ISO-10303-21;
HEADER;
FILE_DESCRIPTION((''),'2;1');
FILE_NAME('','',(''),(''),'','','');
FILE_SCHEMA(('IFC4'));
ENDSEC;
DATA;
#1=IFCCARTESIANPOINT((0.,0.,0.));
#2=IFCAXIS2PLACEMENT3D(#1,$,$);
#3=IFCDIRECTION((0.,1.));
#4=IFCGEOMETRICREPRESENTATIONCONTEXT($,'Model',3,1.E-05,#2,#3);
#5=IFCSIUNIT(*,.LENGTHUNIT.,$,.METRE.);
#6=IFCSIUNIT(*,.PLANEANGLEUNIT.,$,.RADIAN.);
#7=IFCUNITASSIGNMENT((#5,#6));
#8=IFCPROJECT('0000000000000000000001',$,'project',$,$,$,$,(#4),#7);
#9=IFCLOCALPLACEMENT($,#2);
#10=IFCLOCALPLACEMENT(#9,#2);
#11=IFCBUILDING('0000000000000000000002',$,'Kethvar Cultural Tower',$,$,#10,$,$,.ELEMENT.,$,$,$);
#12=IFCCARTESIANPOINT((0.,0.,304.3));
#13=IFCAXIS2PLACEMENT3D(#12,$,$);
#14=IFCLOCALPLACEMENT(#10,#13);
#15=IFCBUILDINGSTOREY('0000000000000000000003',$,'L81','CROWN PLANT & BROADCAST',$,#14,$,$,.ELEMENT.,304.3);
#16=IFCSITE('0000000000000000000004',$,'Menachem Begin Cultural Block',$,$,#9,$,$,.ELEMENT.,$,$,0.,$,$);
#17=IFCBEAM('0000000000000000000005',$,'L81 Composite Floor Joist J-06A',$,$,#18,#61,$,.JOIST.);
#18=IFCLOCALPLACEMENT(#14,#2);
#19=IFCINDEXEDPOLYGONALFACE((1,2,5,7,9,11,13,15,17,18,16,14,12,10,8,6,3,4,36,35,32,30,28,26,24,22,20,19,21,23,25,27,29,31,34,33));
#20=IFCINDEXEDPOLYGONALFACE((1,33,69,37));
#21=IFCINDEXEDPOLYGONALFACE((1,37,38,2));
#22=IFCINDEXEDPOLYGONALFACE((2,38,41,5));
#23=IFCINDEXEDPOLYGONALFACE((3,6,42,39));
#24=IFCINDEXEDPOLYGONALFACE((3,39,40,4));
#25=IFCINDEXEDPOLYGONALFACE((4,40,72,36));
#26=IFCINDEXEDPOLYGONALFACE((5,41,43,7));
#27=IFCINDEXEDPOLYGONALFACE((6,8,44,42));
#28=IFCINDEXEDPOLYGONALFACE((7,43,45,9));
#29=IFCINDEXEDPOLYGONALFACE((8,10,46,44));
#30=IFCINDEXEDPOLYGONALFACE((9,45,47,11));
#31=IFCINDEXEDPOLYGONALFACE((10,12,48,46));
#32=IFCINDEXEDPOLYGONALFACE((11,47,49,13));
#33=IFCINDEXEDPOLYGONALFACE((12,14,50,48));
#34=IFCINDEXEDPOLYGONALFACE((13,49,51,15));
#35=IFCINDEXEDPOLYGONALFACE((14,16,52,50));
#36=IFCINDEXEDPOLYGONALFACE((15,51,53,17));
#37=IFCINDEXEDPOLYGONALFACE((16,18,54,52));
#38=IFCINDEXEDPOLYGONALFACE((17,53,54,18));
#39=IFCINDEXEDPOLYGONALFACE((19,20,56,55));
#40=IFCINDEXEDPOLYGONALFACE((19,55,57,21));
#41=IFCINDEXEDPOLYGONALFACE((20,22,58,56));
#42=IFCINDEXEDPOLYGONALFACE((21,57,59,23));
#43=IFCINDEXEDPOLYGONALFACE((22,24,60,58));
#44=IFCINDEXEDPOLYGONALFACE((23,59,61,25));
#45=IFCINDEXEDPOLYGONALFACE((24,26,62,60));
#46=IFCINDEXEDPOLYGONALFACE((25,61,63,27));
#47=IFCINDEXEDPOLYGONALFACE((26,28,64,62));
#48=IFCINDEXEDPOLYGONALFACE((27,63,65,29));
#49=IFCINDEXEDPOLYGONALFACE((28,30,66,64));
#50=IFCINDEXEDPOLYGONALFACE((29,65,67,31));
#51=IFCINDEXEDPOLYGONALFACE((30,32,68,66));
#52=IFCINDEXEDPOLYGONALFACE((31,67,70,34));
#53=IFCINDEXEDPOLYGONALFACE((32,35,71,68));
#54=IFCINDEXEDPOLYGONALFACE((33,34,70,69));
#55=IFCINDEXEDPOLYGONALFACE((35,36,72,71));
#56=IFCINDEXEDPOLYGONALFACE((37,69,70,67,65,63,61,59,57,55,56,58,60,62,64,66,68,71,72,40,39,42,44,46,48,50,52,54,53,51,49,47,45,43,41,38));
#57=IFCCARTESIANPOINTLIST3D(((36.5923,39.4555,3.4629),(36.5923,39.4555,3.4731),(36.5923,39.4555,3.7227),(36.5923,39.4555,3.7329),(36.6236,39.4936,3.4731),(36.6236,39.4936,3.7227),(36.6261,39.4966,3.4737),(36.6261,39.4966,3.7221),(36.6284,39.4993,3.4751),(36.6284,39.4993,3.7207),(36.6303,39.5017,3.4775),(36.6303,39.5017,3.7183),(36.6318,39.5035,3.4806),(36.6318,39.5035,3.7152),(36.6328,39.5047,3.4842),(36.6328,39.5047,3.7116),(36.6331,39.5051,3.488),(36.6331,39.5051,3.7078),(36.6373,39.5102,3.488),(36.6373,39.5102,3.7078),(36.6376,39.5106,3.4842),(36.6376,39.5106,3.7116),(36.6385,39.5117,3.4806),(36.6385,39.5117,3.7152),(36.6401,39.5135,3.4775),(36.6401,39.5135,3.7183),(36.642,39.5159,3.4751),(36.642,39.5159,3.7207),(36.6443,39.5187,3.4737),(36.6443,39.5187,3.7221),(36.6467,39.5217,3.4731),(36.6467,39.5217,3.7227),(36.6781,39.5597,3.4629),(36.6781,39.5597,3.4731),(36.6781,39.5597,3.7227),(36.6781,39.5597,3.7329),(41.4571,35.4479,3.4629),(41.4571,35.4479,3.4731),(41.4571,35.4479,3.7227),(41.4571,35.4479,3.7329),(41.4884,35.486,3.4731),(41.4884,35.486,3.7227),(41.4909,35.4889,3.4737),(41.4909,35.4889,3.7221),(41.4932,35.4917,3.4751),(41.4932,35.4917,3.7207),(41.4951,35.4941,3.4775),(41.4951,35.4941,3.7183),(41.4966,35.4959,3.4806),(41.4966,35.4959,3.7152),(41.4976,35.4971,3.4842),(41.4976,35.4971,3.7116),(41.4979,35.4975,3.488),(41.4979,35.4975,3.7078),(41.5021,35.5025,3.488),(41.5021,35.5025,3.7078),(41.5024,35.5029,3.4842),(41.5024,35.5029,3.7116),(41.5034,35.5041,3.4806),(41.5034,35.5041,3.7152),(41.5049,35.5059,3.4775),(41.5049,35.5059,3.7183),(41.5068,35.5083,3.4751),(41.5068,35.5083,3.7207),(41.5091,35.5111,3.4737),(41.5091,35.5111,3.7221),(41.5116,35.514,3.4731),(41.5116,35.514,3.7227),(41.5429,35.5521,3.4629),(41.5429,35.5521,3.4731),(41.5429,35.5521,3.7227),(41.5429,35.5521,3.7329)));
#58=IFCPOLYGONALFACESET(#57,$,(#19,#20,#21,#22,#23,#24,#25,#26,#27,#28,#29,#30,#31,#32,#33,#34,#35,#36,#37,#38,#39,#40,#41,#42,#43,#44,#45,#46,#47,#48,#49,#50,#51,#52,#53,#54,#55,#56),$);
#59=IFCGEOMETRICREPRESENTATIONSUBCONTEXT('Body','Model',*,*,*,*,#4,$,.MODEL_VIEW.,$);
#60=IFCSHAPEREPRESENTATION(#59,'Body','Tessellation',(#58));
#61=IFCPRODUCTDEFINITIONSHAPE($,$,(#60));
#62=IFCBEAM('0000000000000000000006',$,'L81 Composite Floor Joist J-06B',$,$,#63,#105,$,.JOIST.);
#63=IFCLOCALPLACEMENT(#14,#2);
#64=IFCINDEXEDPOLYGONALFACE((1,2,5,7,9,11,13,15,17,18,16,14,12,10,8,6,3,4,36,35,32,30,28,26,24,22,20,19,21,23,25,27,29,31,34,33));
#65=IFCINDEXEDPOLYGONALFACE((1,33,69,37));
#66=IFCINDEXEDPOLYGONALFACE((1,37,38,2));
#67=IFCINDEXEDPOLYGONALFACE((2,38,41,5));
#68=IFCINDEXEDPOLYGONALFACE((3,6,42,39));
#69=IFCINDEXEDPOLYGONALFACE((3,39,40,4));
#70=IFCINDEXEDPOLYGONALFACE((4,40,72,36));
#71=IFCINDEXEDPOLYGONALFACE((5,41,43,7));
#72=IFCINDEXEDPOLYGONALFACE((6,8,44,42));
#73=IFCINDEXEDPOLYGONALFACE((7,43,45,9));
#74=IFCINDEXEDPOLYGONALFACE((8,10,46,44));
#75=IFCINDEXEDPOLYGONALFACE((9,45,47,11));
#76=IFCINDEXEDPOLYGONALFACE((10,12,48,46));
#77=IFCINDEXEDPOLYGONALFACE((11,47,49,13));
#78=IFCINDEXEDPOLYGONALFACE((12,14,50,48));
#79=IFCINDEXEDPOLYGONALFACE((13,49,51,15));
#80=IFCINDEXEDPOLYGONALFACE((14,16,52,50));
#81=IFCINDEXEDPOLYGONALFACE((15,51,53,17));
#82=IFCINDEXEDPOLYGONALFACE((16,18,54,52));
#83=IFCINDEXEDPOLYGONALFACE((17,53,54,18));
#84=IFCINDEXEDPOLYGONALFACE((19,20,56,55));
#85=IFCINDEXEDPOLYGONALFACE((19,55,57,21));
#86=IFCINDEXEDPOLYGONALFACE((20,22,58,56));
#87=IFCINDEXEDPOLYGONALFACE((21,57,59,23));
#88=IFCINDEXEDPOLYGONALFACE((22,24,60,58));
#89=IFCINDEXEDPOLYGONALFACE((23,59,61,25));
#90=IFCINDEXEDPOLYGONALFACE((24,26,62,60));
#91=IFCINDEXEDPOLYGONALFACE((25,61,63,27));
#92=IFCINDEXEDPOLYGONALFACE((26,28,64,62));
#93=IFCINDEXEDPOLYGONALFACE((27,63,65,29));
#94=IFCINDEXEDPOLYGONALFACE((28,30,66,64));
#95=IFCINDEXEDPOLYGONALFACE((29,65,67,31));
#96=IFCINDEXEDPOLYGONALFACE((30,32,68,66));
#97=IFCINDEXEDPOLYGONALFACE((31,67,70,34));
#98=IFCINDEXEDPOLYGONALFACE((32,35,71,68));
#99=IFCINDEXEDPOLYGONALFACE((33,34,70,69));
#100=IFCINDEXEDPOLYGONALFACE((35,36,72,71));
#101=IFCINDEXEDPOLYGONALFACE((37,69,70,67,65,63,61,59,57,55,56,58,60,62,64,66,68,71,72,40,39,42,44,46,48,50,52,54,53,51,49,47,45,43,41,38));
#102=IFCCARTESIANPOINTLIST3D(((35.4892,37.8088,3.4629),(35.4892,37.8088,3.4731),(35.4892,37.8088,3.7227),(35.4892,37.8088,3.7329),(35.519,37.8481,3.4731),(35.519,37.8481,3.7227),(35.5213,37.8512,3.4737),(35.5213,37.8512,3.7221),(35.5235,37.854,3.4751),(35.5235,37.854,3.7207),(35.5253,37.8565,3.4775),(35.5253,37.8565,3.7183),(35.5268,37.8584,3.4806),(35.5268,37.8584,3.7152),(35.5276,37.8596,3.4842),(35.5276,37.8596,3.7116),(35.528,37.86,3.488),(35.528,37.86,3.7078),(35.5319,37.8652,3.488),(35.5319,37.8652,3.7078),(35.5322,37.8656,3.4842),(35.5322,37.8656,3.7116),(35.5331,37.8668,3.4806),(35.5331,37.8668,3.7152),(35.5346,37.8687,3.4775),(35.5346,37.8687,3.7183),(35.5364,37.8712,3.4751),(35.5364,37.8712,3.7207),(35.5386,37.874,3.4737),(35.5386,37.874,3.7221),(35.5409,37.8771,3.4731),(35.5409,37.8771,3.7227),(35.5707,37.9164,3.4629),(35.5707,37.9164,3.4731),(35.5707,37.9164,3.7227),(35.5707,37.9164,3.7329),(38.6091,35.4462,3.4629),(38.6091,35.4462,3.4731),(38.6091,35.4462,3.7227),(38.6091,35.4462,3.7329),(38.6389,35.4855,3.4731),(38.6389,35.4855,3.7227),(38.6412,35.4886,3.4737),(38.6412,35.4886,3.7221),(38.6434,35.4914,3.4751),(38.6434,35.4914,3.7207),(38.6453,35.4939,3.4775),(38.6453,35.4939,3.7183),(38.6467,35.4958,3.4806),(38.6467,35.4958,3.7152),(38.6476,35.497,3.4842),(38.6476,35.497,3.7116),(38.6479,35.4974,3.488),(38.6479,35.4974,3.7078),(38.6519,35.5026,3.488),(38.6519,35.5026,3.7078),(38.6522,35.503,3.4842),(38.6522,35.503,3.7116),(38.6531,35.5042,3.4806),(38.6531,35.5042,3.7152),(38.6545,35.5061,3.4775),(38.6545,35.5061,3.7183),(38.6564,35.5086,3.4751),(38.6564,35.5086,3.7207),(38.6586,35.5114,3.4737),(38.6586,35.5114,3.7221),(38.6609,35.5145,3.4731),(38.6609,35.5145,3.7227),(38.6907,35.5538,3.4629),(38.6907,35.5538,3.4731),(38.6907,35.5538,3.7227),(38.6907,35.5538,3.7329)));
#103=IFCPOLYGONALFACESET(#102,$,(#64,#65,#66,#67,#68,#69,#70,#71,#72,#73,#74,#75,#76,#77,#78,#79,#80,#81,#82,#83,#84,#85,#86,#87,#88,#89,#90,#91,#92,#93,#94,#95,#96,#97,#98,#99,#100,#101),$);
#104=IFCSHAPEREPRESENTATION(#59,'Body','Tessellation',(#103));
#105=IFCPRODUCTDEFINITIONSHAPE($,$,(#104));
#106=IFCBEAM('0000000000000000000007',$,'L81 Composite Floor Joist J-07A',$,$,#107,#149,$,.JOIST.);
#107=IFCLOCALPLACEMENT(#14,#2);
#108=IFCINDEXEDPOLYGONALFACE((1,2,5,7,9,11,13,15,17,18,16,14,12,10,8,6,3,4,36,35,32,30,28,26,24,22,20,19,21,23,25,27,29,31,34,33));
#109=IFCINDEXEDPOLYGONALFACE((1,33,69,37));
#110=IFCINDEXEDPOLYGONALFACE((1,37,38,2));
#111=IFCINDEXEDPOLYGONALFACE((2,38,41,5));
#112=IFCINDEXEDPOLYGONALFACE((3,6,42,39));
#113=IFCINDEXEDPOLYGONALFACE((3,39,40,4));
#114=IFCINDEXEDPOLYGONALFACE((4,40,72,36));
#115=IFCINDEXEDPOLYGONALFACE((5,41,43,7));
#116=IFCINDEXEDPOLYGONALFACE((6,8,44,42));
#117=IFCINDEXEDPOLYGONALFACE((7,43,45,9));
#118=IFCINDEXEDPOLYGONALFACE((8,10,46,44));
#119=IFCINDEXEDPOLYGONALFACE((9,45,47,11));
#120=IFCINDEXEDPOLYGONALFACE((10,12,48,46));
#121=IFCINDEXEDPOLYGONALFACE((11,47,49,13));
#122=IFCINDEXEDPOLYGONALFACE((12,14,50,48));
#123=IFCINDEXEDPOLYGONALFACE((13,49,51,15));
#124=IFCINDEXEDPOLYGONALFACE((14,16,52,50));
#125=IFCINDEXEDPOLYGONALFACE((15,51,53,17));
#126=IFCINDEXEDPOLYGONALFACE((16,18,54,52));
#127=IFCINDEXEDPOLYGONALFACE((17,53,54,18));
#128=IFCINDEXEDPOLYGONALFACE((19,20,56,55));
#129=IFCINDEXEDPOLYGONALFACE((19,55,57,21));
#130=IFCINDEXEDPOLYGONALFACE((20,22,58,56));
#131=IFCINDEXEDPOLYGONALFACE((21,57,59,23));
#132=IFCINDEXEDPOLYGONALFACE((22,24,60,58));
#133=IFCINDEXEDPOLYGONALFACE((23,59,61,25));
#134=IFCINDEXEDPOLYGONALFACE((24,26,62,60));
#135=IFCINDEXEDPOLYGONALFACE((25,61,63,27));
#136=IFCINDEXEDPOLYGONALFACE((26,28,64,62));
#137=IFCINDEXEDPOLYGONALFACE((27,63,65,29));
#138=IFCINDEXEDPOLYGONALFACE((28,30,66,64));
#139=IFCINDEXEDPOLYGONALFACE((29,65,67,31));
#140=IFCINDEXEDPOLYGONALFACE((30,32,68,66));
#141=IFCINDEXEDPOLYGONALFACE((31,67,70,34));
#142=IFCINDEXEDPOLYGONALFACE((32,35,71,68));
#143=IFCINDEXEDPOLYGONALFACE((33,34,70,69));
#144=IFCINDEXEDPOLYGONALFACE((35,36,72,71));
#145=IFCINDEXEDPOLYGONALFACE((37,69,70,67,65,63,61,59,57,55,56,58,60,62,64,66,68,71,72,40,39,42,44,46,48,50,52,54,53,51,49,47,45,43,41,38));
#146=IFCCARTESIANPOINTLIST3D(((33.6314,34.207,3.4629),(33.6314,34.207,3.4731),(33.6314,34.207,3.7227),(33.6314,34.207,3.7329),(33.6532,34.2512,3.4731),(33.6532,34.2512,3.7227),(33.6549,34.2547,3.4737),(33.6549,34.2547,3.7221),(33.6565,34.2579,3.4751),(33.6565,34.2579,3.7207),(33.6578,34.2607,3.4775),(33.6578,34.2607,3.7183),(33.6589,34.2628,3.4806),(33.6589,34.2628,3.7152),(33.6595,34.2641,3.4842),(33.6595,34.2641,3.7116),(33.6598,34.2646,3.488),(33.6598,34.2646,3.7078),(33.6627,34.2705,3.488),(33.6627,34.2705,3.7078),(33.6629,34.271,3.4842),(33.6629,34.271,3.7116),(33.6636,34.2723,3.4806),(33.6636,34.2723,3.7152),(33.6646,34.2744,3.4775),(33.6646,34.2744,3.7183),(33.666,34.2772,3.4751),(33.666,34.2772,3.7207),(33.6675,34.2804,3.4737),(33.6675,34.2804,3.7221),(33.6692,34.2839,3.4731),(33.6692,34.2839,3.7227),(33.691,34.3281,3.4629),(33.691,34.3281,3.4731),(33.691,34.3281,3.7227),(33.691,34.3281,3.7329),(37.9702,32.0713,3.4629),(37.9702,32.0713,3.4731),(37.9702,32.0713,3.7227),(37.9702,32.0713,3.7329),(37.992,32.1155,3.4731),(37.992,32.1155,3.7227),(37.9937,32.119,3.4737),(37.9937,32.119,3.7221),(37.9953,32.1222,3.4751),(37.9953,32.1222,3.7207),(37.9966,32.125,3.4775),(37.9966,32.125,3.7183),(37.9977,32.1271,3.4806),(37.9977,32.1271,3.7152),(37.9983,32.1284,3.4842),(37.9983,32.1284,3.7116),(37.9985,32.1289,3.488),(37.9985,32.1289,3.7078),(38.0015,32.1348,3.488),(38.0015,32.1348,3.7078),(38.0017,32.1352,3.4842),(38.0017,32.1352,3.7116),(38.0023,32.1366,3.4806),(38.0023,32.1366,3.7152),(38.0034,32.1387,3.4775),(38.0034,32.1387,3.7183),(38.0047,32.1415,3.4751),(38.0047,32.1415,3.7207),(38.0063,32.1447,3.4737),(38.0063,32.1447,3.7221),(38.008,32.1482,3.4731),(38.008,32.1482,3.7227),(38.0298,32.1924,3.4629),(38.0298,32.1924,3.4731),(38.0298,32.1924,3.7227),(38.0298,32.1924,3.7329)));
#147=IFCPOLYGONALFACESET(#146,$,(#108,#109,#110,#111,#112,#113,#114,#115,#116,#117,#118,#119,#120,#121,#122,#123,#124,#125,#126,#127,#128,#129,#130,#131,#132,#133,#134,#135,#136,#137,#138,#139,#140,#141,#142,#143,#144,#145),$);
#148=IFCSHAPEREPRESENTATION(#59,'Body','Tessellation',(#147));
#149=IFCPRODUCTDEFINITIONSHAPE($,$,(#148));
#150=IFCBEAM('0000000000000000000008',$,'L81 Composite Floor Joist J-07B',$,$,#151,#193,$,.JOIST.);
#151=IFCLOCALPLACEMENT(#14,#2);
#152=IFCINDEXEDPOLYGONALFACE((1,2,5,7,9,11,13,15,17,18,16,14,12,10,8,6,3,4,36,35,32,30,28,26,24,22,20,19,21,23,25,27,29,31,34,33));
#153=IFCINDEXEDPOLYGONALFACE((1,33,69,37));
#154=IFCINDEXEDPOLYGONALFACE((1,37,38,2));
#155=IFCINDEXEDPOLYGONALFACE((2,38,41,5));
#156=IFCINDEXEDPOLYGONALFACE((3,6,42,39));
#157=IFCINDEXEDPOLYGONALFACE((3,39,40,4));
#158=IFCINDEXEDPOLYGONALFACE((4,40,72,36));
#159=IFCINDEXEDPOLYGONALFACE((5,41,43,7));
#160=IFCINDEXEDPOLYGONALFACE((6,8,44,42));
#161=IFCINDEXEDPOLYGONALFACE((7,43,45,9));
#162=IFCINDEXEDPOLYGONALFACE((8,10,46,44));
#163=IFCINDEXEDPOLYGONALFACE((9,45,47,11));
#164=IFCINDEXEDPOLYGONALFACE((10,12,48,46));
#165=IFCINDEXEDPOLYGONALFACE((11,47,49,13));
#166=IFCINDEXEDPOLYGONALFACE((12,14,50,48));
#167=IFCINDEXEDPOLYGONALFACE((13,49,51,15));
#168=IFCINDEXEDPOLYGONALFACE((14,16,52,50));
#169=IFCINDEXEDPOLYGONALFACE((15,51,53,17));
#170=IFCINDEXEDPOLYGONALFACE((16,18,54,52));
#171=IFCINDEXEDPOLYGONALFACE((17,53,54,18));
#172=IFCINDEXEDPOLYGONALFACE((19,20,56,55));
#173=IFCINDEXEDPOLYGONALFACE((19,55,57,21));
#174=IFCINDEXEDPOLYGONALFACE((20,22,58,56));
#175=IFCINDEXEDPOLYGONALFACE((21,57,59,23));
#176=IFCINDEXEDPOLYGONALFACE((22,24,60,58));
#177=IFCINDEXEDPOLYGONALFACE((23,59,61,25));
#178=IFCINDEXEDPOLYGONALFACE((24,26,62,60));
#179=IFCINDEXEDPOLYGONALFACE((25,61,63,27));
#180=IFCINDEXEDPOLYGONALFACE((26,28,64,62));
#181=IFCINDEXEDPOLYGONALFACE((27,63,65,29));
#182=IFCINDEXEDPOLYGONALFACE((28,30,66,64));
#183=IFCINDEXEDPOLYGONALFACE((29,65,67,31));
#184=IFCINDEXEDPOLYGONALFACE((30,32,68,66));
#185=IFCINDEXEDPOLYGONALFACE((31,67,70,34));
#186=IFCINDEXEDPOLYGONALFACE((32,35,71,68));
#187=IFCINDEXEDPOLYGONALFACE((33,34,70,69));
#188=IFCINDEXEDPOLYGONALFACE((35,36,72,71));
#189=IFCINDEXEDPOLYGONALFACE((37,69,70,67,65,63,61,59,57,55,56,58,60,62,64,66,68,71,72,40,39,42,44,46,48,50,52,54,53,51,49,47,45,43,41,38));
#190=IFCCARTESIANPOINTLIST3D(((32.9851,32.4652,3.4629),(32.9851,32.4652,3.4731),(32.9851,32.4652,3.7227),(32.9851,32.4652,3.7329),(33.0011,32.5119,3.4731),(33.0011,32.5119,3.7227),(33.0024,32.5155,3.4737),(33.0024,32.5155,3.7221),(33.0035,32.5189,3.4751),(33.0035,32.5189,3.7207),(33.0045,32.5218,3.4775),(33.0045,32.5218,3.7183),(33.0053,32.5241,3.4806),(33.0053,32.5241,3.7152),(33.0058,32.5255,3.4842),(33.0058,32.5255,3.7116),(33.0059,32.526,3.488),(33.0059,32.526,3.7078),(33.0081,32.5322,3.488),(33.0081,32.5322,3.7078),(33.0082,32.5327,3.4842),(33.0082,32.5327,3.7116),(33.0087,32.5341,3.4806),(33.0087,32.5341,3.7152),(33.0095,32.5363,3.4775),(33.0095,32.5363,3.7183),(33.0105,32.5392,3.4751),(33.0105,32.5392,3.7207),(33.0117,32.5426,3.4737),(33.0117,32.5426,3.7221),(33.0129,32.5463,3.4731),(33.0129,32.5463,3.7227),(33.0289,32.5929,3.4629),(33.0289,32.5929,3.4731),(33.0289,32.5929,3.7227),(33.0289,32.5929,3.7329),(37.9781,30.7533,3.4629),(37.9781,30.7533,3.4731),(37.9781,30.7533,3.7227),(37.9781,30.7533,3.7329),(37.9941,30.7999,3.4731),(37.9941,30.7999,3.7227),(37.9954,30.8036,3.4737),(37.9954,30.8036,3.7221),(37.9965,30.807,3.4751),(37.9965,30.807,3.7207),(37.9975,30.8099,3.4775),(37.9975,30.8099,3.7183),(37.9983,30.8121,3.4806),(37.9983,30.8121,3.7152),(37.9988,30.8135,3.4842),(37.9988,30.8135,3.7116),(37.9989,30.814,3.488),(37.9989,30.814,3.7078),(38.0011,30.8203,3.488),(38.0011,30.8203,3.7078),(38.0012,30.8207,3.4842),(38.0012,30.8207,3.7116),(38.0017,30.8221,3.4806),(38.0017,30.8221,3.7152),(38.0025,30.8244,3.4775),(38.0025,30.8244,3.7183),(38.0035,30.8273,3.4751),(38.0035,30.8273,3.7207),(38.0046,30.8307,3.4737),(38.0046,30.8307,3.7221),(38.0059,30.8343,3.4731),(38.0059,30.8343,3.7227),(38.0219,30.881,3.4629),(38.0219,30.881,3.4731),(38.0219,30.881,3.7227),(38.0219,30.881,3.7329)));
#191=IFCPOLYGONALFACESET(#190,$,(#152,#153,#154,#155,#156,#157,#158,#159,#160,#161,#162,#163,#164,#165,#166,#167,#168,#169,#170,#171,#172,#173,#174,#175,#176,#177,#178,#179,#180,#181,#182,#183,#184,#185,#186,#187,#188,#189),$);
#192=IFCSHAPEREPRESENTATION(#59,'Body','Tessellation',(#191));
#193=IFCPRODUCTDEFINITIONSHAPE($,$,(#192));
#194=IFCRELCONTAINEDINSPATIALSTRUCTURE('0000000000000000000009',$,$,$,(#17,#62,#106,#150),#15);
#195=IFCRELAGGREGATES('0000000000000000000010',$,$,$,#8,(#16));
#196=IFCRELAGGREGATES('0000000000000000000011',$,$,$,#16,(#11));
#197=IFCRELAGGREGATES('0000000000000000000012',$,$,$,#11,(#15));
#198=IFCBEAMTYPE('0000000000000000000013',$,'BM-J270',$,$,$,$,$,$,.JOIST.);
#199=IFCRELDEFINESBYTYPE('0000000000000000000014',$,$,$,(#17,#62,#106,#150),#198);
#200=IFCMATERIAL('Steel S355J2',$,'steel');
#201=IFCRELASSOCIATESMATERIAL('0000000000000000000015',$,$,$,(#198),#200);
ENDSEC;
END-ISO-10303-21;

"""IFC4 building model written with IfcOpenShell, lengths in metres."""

from ifc_helpers import new_model, si_unit, direction, frame, origin, origin_2d, place, context, subcontext, project, spatial, i_section, extrude, source, transform, mapped, material, material_profile, profile_set, type_object, element, save


model = new_model("IFC4")

# Units and contexts
model_context = context("Model", 3, precision=1e-05, world=origin(), true_north=direction((0.0, 1.0)))
body_context = subcontext(model_context, "Body", "Model", "MODEL_VIEW")
ifc_project = project(units=[si_unit("LENGTHUNIT", "METRE"), si_unit("PLANEANGLEUNIT", "RADIAN")], contexts=[model_context])

# Site, building, storey
site_placement = place(None, origin())
site = spatial("IfcSite", under=ifc_project, at=site_placement, Name="Menachem Begin Cultural Block", CompositionType="ELEMENT", RefElevation=0.0)
building_placement = place(site_placement, origin())
building = spatial("IfcBuilding", under=site, at=building_placement, Name="Kethvar Cultural Tower", CompositionType="ELEMENT")
storey_placement = place(building_placement, frame((0.0, 0.0, 304.3)))
storey = spatial("IfcBuildingStorey", under=building, at=storey_placement, Name="L81", Description="CROWN PLANT & BROADCAST", CompositionType="ELEMENT", Elevation=304.3)

# Beams
ifc_material_1 = material(Name="Steel S355J2", Category="steel")
ifc_material_profile_1 = material_profile(ifc_material_1, i_section(OverallWidth=0.135, OverallDepth=0.27, WebThickness=0.0066, FlangeThickness=0.0103, FilletRadius=0.0149, at=origin_2d()), Name="Steel S355J2 — IPE270")
ifc_profile_set_1 = profile_set([ifc_material_profile_1], Name="Steel S355J2 — IPE270")
beam_type_1 = type_object("IfcBeamType", Name="BM-J270", PredefinedType="JOIST", material=ifc_profile_set_1)
shared_shape_1 = source(origin(), body_context, "Body", "SweptSolid", [
    extrude(i_section(OverallWidth=0.135, OverallDepth=0.27, WebThickness=0.0066, FlangeThickness=0.0103, FilletRadius=0.0149, at=origin_2d()), origin(), (0.0, 0.0, 1.0), 6.303),
])
beam_1_placement = place(storey_placement, frame((41.5, 35.5, 3.5979), z_axis=(-0.771828, 0.635831, 0.0), x_axis=(-0.635831, -0.771828, 0.0)))
element("IfcBeam", 1, at=beam_1_placement, inside=storey, type_object=beam_type_1, Name="L81 Composite Floor Joist J-06A", PredefinedType="JOIST", context=body_context, shape_type="MappedRepresentation", body=[
    mapped(shared_shape_1, transform((0.0, 0.0, 0.0), scale=1.0)),
])
shared_shape_2 = source(origin(), body_context, "Body", "SweptSolid", [
    extrude(i_section(OverallWidth=0.135, OverallDepth=0.27, WebThickness=0.0066, FlangeThickness=0.0103, FilletRadius=0.0149, at=origin_2d()), origin(), (0.0, 0.0, 1.0), 3.9136),
])
beam_2_placement = place(storey_placement, frame((38.6499, 35.5, 3.5979), z_axis=(-0.797214, 0.603697, 0.0), x_axis=(-0.603697, -0.797214, 0.0)))
element("IfcBeam", 2, at=beam_2_placement, inside=storey, type_object=beam_type_1, Name="L81 Composite Floor Joist J-06B", PredefinedType="JOIST", context=body_context, shape_type="MappedRepresentation", body=[
    mapped(shared_shape_2, transform((0.0, 0.0, 0.0), scale=1.0)),
])
shared_shape_3 = source(origin(), body_context, "Body", "SweptSolid", [
    extrude(i_section(OverallWidth=0.135, OverallDepth=0.27, WebThickness=0.0066, FlangeThickness=0.0103, FilletRadius=0.0149, at=origin_2d()), origin(), (0.0, 0.0, 1.0), 4.8359),
])
beam_3_placement = place(storey_placement, frame((38.0, 32.1318, 3.5979), z_axis=(-0.897197, 0.441632, 0.0), x_axis=(-0.441632, -0.897197, 0.0)))
element("IfcBeam", 3, at=beam_3_placement, inside=storey, type_object=beam_type_1, Name="L81 Composite Floor Joist J-07A", PredefinedType="JOIST", context=body_context, shape_type="MappedRepresentation", body=[
    mapped(shared_shape_3, transform((0.0, 0.0, 0.0), scale=1.0)),
])
shared_shape_4 = source(origin(), body_context, "Body", "SweptSolid", [
    extrude(i_section(OverallWidth=0.135, OverallDepth=0.27, WebThickness=0.0066, FlangeThickness=0.0103, FilletRadius=0.0149, at=origin_2d()), origin(), (0.0, 0.0, 1.0), 5.2783),
])
beam_4_placement = place(storey_placement, frame((38.0, 30.8171, 3.5979), z_axis=(-0.945943, 0.324334, 0.0), x_axis=(-0.324334, -0.945943, 0.0)))
element("IfcBeam", 4, at=beam_4_placement, inside=storey, type_object=beam_type_1, Name="L81 Composite Floor Joist J-07B", PredefinedType="JOIST", context=body_context, shape_type="MappedRepresentation", body=[
    mapped(shared_shape_4, transform((0.0, 0.0, 0.0), scale=1.0)),
])

save(model, "model.ifc")
